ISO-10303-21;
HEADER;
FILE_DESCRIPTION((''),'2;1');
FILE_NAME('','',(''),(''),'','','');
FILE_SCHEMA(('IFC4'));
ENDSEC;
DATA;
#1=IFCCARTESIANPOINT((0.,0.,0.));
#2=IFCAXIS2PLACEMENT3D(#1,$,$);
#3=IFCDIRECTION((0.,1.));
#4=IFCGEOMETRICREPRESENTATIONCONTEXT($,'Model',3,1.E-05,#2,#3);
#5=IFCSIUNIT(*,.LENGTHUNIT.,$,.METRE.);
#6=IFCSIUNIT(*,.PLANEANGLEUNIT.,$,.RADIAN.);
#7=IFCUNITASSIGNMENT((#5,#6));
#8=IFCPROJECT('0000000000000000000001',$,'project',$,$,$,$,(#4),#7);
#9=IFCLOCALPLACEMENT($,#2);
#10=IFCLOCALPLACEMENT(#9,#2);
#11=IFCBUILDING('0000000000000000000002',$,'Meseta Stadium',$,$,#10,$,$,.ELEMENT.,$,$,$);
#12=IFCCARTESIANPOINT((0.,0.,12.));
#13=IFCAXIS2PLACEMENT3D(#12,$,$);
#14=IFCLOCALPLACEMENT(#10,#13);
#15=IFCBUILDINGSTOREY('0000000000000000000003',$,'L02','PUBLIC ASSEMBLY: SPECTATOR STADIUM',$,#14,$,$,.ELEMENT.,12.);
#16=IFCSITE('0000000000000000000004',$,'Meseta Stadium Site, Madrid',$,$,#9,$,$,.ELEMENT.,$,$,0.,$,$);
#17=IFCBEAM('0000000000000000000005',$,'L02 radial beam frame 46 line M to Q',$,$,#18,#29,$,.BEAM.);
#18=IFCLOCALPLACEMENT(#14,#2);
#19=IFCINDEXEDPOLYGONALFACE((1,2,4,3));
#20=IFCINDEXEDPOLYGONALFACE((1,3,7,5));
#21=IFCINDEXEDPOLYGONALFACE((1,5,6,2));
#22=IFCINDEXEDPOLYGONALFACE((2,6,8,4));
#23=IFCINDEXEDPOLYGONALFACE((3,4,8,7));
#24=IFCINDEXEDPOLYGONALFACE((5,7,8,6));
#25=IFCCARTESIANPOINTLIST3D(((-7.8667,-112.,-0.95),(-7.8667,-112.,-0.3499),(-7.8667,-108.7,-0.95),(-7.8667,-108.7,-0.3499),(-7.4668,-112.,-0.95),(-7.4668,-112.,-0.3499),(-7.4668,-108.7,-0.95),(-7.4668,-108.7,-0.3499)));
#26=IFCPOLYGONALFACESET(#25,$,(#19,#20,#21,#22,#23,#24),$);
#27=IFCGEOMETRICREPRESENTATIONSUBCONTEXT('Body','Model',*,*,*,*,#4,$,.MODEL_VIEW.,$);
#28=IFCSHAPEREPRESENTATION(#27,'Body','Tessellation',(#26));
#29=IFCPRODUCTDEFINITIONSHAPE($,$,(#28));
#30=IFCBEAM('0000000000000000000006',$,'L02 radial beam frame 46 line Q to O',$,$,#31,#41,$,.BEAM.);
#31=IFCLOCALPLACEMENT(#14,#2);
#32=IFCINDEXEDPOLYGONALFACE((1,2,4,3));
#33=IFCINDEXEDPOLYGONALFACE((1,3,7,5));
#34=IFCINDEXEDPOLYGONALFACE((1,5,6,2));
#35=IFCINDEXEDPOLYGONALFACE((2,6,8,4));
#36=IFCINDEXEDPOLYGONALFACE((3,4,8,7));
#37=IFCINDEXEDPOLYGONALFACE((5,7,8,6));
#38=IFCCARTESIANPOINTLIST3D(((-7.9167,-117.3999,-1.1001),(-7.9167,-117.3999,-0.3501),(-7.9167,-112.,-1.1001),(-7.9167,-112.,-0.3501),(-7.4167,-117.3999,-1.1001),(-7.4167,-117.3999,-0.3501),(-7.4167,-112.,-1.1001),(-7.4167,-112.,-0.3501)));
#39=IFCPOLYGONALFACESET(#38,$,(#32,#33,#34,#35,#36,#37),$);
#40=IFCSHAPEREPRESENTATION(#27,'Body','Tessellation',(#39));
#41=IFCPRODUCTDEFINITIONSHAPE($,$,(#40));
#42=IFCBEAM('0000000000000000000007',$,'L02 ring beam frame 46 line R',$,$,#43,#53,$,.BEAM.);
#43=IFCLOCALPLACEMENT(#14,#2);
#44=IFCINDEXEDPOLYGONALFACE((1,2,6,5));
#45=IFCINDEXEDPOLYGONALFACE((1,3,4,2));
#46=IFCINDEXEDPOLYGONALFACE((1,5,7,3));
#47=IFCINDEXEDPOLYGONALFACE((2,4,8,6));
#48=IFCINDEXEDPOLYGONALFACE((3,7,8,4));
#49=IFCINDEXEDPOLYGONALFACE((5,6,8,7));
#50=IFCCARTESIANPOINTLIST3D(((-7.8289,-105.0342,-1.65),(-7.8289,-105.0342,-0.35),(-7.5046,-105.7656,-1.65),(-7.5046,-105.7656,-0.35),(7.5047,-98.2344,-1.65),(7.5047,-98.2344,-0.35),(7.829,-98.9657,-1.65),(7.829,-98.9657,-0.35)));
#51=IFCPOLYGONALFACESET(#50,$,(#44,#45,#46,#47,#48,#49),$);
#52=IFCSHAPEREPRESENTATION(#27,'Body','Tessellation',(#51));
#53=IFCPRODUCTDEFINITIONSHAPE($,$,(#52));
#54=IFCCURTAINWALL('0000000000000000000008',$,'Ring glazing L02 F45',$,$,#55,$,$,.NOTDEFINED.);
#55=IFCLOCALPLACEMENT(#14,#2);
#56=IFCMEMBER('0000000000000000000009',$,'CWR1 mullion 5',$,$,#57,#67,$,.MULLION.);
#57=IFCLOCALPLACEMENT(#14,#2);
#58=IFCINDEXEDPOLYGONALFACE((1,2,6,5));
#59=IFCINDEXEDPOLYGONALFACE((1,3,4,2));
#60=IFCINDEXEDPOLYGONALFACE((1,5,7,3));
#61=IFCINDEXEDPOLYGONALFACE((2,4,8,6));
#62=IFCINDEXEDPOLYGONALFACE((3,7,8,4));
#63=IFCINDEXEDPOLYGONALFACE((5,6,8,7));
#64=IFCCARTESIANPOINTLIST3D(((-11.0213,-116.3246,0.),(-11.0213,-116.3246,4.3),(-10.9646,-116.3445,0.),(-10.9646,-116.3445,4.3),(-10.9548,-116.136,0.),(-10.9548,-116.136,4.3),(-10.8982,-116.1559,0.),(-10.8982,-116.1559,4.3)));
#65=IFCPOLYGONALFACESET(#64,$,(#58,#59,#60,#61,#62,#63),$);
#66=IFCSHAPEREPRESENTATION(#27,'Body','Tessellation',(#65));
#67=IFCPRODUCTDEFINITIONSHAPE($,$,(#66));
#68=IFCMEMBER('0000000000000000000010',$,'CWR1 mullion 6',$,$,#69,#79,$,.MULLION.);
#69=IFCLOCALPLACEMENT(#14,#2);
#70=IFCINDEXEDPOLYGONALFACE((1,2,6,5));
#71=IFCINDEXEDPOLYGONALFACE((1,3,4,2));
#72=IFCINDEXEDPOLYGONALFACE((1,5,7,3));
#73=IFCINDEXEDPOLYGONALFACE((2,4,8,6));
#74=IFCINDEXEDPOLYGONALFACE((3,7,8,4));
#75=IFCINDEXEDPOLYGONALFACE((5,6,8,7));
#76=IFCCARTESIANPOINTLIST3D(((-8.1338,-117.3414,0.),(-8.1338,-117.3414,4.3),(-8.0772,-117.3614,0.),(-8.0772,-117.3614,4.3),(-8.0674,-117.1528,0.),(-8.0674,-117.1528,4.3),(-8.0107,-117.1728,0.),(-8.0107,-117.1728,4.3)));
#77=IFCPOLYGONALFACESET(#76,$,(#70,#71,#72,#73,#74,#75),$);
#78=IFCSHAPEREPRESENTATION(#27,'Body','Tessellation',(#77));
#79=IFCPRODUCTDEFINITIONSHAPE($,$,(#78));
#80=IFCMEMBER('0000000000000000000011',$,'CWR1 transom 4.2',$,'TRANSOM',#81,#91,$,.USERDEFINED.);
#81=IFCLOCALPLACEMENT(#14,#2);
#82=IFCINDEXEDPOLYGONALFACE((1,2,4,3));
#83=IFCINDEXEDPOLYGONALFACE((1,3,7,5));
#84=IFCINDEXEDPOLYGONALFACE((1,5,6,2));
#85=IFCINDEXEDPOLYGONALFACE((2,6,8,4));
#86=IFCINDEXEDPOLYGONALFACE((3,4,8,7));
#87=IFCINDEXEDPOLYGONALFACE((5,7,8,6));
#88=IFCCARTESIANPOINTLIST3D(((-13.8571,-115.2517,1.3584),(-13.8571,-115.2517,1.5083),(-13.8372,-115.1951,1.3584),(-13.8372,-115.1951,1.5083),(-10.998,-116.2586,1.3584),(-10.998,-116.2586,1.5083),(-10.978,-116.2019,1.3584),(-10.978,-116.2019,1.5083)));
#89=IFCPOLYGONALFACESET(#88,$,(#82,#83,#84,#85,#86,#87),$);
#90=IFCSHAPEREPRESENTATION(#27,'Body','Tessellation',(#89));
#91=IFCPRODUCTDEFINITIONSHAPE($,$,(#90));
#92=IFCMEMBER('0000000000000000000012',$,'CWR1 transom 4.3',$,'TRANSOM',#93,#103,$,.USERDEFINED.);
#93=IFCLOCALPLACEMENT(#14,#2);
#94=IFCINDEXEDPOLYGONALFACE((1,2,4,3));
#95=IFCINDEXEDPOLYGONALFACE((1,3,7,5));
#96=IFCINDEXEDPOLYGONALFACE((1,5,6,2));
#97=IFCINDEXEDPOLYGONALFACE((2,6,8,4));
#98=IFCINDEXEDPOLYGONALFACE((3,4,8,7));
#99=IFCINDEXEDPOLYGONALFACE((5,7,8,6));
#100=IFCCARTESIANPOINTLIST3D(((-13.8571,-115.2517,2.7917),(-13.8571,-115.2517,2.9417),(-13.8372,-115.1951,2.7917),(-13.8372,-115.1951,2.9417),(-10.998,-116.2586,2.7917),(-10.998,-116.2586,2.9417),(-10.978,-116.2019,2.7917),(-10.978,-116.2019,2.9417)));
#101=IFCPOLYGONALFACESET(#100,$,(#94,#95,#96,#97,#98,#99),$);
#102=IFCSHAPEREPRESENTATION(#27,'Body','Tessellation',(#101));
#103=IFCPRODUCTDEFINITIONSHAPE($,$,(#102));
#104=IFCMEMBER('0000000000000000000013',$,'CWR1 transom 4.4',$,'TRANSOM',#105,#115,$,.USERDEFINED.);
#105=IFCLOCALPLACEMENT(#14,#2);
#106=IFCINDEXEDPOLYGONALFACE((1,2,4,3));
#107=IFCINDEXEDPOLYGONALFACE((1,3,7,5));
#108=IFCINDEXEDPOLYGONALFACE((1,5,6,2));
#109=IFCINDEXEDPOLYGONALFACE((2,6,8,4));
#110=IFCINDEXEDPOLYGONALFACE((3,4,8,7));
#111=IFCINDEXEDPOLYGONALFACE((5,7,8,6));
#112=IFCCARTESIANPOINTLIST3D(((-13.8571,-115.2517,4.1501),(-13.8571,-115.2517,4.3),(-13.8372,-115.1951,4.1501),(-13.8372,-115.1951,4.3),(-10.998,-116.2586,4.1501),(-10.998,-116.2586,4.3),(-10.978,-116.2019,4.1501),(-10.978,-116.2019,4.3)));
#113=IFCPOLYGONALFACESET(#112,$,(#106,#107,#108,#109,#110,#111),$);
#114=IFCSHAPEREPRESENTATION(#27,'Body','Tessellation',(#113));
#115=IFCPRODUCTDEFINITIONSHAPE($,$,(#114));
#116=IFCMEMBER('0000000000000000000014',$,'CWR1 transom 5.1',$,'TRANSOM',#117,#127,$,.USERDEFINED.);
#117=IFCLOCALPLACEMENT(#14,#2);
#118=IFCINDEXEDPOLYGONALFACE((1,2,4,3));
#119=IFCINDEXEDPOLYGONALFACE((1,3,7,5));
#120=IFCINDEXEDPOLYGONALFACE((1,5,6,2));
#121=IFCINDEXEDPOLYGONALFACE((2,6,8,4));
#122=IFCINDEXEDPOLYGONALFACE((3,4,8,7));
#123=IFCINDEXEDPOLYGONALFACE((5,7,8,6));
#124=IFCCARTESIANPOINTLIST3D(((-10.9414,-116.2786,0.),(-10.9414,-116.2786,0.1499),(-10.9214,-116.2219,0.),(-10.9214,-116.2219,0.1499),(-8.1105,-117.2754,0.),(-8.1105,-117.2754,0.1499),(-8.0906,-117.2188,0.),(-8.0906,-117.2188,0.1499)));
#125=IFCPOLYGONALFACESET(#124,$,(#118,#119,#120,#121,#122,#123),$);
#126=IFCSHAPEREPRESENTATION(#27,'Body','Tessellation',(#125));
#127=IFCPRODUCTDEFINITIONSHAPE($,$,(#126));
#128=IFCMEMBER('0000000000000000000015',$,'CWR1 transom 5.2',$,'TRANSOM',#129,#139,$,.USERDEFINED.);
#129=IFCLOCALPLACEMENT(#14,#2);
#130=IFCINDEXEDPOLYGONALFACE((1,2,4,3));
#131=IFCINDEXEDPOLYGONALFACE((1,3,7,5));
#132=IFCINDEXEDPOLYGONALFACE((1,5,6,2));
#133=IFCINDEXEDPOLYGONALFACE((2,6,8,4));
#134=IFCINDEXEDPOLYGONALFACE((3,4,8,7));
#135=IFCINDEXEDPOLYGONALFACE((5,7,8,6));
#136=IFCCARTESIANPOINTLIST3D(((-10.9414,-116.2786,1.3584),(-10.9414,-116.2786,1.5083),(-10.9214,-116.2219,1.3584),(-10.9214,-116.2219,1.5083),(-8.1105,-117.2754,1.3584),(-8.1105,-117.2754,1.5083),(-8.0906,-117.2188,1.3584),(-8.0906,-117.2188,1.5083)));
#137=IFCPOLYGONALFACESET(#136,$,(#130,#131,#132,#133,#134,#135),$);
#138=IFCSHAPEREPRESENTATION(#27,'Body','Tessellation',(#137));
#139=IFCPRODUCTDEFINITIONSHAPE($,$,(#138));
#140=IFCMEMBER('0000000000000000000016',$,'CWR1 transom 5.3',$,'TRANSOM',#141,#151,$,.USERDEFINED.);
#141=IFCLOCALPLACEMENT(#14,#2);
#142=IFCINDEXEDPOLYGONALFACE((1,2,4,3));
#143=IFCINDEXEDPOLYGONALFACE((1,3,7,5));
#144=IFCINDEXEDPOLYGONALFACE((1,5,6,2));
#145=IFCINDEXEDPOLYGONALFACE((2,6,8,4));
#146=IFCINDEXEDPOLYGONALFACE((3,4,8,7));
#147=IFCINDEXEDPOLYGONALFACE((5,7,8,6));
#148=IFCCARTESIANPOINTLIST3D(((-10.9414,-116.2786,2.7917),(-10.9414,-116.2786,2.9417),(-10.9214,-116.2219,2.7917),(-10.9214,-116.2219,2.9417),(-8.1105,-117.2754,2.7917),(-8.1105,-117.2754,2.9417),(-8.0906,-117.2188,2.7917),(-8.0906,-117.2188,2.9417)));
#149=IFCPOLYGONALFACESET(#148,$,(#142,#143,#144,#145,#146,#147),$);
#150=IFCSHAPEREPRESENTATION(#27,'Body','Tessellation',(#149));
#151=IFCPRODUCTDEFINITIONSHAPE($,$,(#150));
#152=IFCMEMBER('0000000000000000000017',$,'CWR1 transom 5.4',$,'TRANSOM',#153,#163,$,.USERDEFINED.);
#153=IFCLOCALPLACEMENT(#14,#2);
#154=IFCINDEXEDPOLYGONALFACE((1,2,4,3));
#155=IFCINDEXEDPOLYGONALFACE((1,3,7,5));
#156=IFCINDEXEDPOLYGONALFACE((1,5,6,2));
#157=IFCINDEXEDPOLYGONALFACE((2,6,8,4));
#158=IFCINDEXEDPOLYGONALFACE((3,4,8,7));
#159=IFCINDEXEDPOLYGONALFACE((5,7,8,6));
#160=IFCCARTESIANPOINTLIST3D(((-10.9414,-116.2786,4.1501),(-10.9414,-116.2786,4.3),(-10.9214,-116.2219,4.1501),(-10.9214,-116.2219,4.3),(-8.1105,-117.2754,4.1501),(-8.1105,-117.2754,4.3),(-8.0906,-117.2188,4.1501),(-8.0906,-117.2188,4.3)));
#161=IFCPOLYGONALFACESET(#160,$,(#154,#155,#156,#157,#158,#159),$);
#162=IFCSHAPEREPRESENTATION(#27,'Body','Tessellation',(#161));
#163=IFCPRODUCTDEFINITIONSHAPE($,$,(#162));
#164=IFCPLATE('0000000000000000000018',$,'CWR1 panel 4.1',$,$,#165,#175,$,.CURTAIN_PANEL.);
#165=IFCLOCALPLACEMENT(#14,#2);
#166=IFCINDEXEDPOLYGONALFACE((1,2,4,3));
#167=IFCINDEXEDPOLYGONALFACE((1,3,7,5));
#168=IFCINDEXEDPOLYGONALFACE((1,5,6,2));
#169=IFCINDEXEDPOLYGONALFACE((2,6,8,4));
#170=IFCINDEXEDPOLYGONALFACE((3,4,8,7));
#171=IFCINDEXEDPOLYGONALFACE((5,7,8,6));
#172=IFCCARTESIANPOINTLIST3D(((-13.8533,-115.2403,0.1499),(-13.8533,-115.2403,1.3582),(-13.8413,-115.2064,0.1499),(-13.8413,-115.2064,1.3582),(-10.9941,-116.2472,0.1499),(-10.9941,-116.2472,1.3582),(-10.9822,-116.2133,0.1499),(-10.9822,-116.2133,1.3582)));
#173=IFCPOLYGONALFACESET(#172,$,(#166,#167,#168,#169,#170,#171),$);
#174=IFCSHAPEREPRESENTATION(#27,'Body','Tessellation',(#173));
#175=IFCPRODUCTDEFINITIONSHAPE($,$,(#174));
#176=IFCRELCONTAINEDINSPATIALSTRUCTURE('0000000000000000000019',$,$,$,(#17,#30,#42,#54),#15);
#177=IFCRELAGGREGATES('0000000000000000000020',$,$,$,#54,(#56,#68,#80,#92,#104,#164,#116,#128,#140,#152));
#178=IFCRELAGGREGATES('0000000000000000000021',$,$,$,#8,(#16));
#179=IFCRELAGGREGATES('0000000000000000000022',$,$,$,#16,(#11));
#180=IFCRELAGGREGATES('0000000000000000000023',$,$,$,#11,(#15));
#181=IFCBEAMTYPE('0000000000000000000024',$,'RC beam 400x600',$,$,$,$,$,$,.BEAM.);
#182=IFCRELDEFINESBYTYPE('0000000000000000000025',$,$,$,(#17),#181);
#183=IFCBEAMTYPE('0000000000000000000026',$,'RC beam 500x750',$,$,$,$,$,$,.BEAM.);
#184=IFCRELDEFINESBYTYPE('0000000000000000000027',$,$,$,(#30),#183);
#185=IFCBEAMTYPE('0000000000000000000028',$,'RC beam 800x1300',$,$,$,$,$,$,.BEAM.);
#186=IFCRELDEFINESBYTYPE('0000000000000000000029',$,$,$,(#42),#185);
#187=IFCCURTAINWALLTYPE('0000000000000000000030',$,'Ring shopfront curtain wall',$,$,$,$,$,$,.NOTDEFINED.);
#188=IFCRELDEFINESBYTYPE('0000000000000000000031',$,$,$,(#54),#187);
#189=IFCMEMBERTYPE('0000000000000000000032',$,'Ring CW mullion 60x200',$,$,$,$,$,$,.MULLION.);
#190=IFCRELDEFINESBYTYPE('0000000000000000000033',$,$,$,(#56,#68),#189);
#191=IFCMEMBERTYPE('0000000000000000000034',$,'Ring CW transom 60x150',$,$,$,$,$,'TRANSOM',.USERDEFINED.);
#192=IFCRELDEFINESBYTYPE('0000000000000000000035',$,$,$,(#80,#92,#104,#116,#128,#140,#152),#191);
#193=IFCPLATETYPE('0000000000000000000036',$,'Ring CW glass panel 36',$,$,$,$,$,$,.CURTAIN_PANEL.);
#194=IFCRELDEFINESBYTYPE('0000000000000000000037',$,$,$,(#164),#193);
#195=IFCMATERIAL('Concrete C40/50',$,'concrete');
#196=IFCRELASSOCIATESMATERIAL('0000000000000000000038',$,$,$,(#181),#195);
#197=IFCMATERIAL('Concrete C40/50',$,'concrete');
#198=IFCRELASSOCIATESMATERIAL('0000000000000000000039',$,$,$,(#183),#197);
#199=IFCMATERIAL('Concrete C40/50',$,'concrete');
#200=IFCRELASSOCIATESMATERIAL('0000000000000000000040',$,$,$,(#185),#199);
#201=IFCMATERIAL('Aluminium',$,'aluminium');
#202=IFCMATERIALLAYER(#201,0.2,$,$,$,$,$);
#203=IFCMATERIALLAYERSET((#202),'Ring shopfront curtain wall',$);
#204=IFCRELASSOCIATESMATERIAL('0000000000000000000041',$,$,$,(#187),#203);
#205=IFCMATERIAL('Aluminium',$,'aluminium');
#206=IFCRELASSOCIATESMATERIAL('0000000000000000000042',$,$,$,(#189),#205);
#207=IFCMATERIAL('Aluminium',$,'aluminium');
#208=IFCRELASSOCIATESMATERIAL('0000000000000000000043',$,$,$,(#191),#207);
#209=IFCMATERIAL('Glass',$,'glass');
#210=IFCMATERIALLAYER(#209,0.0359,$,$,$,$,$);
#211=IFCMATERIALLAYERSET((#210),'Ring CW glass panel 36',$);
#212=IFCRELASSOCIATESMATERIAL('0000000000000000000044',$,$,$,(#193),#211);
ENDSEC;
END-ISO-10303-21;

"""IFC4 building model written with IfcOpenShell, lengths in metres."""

from ifc_helpers import new_model, si_unit, direction, frame, origin, origin_2d, place, context, subcontext, project, spatial, rectangle, extrude, material, layer, layer_set, material_profile, profile_set, type_object, element, aggregate, save


model = new_model("IFC4")

# Units and contexts
model_context = context("Model", 3, precision=1e-05, world=origin(), true_north=direction((0.0, 1.0)))
body_context = subcontext(model_context, "Body", "Model", "MODEL_VIEW")
ifc_project = project(units=[si_unit("LENGTHUNIT", "METRE"), si_unit("PLANEANGLEUNIT", "RADIAN")], contexts=[model_context])

# Site, building, storey
site_placement = place(None, origin())
site = spatial("IfcSite", under=ifc_project, at=site_placement, Name="Meseta Stadium Site, Madrid", CompositionType="ELEMENT", RefElevation=0.0)
building_placement = place(site_placement, origin())
building = spatial("IfcBuilding", under=site, at=building_placement, Name="Meseta Stadium", CompositionType="ELEMENT")
storey_placement = place(building_placement, frame((0.0, 0.0, 12.0)))
storey = spatial("IfcBuildingStorey", under=building, at=storey_placement, Name="L02", Description="PUBLIC ASSEMBLY: SPECTATOR STADIUM", CompositionType="ELEMENT", Elevation=12.0)

# Beams
ifc_material_1 = material(Name="Concrete C40/50", Category="concrete")
ifc_material_profile_1 = material_profile(ifc_material_1, rectangle(XDim=0.3999, YDim=0.6001, at=origin_2d()), Name="RC 400x600")
ifc_profile_set_1 = profile_set([ifc_material_profile_1], Name="Concrete C40/50")
beam_type_1 = type_object("IfcBeamType", Name="RC beam 400x600", PredefinedType="BEAM", material=ifc_profile_set_1)
for number, where, z_axis, x_axis, name in (
    (1, (-7.6667, -108.7, -0.6499), (0.0, -1.0, 0.0), (1.0, 0.0, 0.0), "L02 radial beam frame 46 line M to Q"),
):
    element("IfcBeam", number, at=place(storey_placement, frame(where, z_axis=z_axis, x_axis=x_axis)), inside=storey, type_object=beam_type_1, Name=name, PredefinedType="BEAM", context=body_context, shape_type="SweptSolid", body=[
        extrude(rectangle(XDim=0.3999, YDim=0.6001, at=origin_2d()), origin(), (0.0, 0.0, 1.0), 3.3),
    ])
ifc_material_2 = material(Name="Concrete C40/50", Category="concrete")
ifc_material_profile_2 = material_profile(ifc_material_2, rectangle(XDim=0.5, YDim=0.75, at=origin_2d()), Name="RC 500x750")
ifc_profile_set_2 = profile_set([ifc_material_profile_2], Name="Concrete C40/50")
beam_type_2 = type_object("IfcBeamType", Name="RC beam 500x750", PredefinedType="BEAM", material=ifc_profile_set_2)
beam_1_placement = place(storey_placement, frame((-7.6667, -112.0, -0.7251), z_axis=(0.0, -1.0, 0.0), x_axis=(1.0, 0.0, 0.0)))
element("IfcBeam", 2, at=beam_1_placement, inside=storey, type_object=beam_type_2, Name="L02 radial beam frame 46 line Q to O", PredefinedType="BEAM", context=body_context, shape_type="SweptSolid", body=[
    extrude(rectangle(XDim=0.5, YDim=0.75, at=origin_2d()), origin(), (0.0, 0.0, 1.0), 5.3999),
])
ifc_material_3 = material(Name="Concrete C40/50", Category="concrete")
ifc_material_profile_3 = material_profile(ifc_material_3, rectangle(XDim=0.8, YDim=1.3, at=origin_2d()), Name="RC 800x1300")
ifc_profile_set_3 = profile_set([ifc_material_profile_3], Name="Concrete C40/50")
beam_type_3 = type_object("IfcBeamType", Name="RC beam 800x1300", PredefinedType="BEAM", material=ifc_profile_set_3)
beam_2_placement = place(storey_placement, frame((-7.6667, -105.3999, -1.0), z_axis=(0.914145, 0.405387, 0.0), x_axis=(-0.405387, 0.914145, 0.0)))
element("IfcBeam", 3, at=beam_2_placement, inside=storey, type_object=beam_type_3, Name="L02 ring beam frame 46 line R", PredefinedType="BEAM", context=body_context, shape_type="SweptSolid", body=[
    extrude(rectangle(XDim=0.8, YDim=1.3, at=origin_2d()), origin(), (0.0, 0.0, 1.0), 16.7737),
])

# Curtain wall, members, plate
ifc_material_4 = material(Name="Aluminium", Category="aluminium")
ifc_layer_1 = layer(ifc_material_4, 0.2)
ifc_layer_set_1 = layer_set([ifc_layer_1], Name="Ring shopfront curtain wall")
curtain_wall_type = type_object("IfcCurtainWallType", Name="Ring shopfront curtain wall", PredefinedType="NOTDEFINED", material=ifc_layer_set_1)
curtain_wall_placement = place(storey_placement, origin())
curtain_wall = element("IfcCurtainWall", 4, at=curtain_wall_placement, inside=storey, type_object=curtain_wall_type, Name="Ring glazing L02 F45", PredefinedType="NOTDEFINED")
ifc_material_5 = material(Name="Aluminium", Category="aluminium")
ifc_material_profile_4 = material_profile(ifc_material_5, rectangle(XDim=0.2, YDim=0.0601, at=origin_2d()), Name="CW 200x60")
ifc_profile_set_4 = profile_set([ifc_material_profile_4], Name="Aluminium")
member_type_1 = type_object("IfcMemberType", Name="Ring CW mullion 60x200", PredefinedType="MULLION", material=ifc_profile_set_4)
member_1_placement = place(storey_placement, frame((-10.9597, -116.2402, 0.0), z_axis=(0.0, 0.0, 1.0), x_axis=(0.332174, 0.943218, 0.0)))
member_1 = element("IfcMember", 5, at=member_1_placement, type_object=member_type_1, Name="CWR1 mullion 5", PredefinedType="MULLION", context=body_context, shape_type="SweptSolid", body=[
    extrude(rectangle(XDim=0.2, YDim=0.0601, at=origin_2d()), origin(), (0.0, 0.0, 1.0), 4.3),
])
member_2_placement = place(storey_placement, frame((-8.0723, -117.2571, 0.0), z_axis=(0.0, 0.0, 1.0), x_axis=(0.332174, 0.943218, 0.0)))
member_2 = element("IfcMember", 6, at=member_2_placement, type_object=member_type_1, Name="CWR1 mullion 6", PredefinedType="MULLION", context=body_context, shape_type="SweptSolid", body=[
    extrude(rectangle(XDim=0.2, YDim=0.0601, at=origin_2d()), origin(), (0.0, 0.0, 1.0), 4.3),
])
ifc_material_6 = material(Name="Aluminium", Category="aluminium")
ifc_material_profile_5 = material_profile(ifc_material_6, rectangle(XDim=0.0601, YDim=0.1499, at=origin_2d()), Name="CW 60x150")
ifc_profile_set_5 = profile_set([ifc_material_profile_5], Name="Aluminium")
member_type_2 = type_object("IfcMemberType", Name="Ring CW transom 60x150", ElementType="TRANSOM", PredefinedType="USERDEFINED", material=ifc_profile_set_5)
member_3_placement = place(storey_placement, frame((-13.8472, -115.2234, 1.4333), z_axis=(0.943225, -0.332154, 0.0), x_axis=(0.332154, 0.943225, 0.0)))
member_3 = element("IfcMember", 7, at=member_3_placement, type_object=member_type_2, Name="CWR1 transom 4.2", ObjectType="TRANSOM", PredefinedType="USERDEFINED", context=body_context, shape_type="SweptSolid", body=[
    extrude(rectangle(XDim=0.0601, YDim=0.1499, at=origin_2d()), origin(), (0.0, 0.0, 1.0), 3.0312),
])
member_4_placement = place(storey_placement, frame((-13.8472, -115.2234, 2.8667), z_axis=(0.943225, -0.332154, 0.0), x_axis=(0.332154, 0.943225, 0.0)))
member_4 = element("IfcMember", 8, at=member_4_placement, type_object=member_type_2, Name="CWR1 transom 4.3", ObjectType="TRANSOM", PredefinedType="USERDEFINED", context=body_context, shape_type="SweptSolid", body=[
    extrude(rectangle(XDim=0.0601, YDim=0.1499, at=origin_2d()), origin(), (0.0, 0.0, 1.0), 3.0312),
])
member_5_placement = place(storey_placement, frame((-13.8472, -115.2234, 4.2251), z_axis=(0.943225, -0.332154, 0.0), x_axis=(0.332154, 0.943225, 0.0)))
member_5 = element("IfcMember", 9, at=member_5_placement, type_object=member_type_2, Name="CWR1 transom 4.4", ObjectType="TRANSOM", PredefinedType="USERDEFINED", context=body_context, shape_type="SweptSolid", body=[
    extrude(rectangle(XDim=0.0601, YDim=0.1499, at=origin_2d()), origin(), (0.0, 0.0, 1.0), 3.0312),
])
member_6_placement = place(storey_placement, frame((-10.9314, -116.2502, 0.075), z_axis=(0.943229, -0.332143, 0.0), x_axis=(0.332143, 0.943229, 0.0)))
member_6 = element("IfcMember", 10, at=member_6_placement, type_object=member_type_2, Name="CWR1 transom 5.1", ObjectType="TRANSOM", PredefinedType="USERDEFINED", context=body_context, shape_type="SweptSolid", body=[
    extrude(rectangle(XDim=0.0601, YDim=0.1499, at=origin_2d()), origin(), (0.0, 0.0, 1.0), 3.0012),
])
member_7_placement = place(storey_placement, frame((-10.9314, -116.2502, 1.4333), z_axis=(0.943229, -0.332143, 0.0), x_axis=(0.332143, 0.943229, 0.0)))
member_7 = element("IfcMember", 11, at=member_7_placement, type_object=member_type_2, Name="CWR1 transom 5.2", ObjectType="TRANSOM", PredefinedType="USERDEFINED", context=body_context, shape_type="SweptSolid", body=[
    extrude(rectangle(XDim=0.0601, YDim=0.1499, at=origin_2d()), origin(), (0.0, 0.0, 1.0), 3.0012),
])
member_8_placement = place(storey_placement, frame((-10.9314, -116.2502, 2.8667), z_axis=(0.943229, -0.332143, 0.0), x_axis=(0.332143, 0.943229, 0.0)))
member_8 = element("IfcMember", 12, at=member_8_placement, type_object=member_type_2, Name="CWR1 transom 5.3", ObjectType="TRANSOM", PredefinedType="USERDEFINED", context=body_context, shape_type="SweptSolid", body=[
    extrude(rectangle(XDim=0.0601, YDim=0.1499, at=origin_2d()), origin(), (0.0, 0.0, 1.0), 3.0012),
])
member_9_placement = place(storey_placement, frame((-10.9314, -116.2502, 4.2251), z_axis=(0.943229, -0.332143, 0.0), x_axis=(0.332143, 0.943229, 0.0)))
member_9 = element("IfcMember", 13, at=member_9_placement, type_object=member_type_2, Name="CWR1 transom 5.4", ObjectType="TRANSOM", PredefinedType="USERDEFINED", context=body_context, shape_type="SweptSolid", body=[
    extrude(rectangle(XDim=0.0601, YDim=0.1499, at=origin_2d()), origin(), (0.0, 0.0, 1.0), 3.0012),
])
ifc_material_7 = material(Name="Glass", Category="glass")
ifc_layer_2 = layer(ifc_material_7, 0.0359)
ifc_layer_set_2 = layer_set([ifc_layer_2], Name="Ring CW glass panel 36")
plate_type_1 = type_object("IfcPlateType", Name="Ring CW glass panel 36", PredefinedType="CURTAIN_PANEL", material=ifc_layer_set_2)
plate_1_placement = place(storey_placement, frame((-12.4177, -115.7268, 0.1499), z_axis=(0.0, 0.0, 1.0), x_axis=(0.943218, -0.332174, 0.0)))
plate_1 = element("IfcPlate", 14, at=plate_1_placement, type_object=plate_type_1, Name="CWR1 panel 4.1", PredefinedType="CURTAIN_PANEL", context=body_context, shape_type="SweptSolid", body=[
    extrude(rectangle(XDim=3.0312, YDim=0.0359, at=origin_2d()), origin(), (0.0, 0.0, 1.0), 1.2083),
])
aggregate(curtain_wall, [member_1, member_2, member_3, member_4, member_5, plate_1, member_6, member_7, member_8, member_9])

save(model, "model.ifc")
